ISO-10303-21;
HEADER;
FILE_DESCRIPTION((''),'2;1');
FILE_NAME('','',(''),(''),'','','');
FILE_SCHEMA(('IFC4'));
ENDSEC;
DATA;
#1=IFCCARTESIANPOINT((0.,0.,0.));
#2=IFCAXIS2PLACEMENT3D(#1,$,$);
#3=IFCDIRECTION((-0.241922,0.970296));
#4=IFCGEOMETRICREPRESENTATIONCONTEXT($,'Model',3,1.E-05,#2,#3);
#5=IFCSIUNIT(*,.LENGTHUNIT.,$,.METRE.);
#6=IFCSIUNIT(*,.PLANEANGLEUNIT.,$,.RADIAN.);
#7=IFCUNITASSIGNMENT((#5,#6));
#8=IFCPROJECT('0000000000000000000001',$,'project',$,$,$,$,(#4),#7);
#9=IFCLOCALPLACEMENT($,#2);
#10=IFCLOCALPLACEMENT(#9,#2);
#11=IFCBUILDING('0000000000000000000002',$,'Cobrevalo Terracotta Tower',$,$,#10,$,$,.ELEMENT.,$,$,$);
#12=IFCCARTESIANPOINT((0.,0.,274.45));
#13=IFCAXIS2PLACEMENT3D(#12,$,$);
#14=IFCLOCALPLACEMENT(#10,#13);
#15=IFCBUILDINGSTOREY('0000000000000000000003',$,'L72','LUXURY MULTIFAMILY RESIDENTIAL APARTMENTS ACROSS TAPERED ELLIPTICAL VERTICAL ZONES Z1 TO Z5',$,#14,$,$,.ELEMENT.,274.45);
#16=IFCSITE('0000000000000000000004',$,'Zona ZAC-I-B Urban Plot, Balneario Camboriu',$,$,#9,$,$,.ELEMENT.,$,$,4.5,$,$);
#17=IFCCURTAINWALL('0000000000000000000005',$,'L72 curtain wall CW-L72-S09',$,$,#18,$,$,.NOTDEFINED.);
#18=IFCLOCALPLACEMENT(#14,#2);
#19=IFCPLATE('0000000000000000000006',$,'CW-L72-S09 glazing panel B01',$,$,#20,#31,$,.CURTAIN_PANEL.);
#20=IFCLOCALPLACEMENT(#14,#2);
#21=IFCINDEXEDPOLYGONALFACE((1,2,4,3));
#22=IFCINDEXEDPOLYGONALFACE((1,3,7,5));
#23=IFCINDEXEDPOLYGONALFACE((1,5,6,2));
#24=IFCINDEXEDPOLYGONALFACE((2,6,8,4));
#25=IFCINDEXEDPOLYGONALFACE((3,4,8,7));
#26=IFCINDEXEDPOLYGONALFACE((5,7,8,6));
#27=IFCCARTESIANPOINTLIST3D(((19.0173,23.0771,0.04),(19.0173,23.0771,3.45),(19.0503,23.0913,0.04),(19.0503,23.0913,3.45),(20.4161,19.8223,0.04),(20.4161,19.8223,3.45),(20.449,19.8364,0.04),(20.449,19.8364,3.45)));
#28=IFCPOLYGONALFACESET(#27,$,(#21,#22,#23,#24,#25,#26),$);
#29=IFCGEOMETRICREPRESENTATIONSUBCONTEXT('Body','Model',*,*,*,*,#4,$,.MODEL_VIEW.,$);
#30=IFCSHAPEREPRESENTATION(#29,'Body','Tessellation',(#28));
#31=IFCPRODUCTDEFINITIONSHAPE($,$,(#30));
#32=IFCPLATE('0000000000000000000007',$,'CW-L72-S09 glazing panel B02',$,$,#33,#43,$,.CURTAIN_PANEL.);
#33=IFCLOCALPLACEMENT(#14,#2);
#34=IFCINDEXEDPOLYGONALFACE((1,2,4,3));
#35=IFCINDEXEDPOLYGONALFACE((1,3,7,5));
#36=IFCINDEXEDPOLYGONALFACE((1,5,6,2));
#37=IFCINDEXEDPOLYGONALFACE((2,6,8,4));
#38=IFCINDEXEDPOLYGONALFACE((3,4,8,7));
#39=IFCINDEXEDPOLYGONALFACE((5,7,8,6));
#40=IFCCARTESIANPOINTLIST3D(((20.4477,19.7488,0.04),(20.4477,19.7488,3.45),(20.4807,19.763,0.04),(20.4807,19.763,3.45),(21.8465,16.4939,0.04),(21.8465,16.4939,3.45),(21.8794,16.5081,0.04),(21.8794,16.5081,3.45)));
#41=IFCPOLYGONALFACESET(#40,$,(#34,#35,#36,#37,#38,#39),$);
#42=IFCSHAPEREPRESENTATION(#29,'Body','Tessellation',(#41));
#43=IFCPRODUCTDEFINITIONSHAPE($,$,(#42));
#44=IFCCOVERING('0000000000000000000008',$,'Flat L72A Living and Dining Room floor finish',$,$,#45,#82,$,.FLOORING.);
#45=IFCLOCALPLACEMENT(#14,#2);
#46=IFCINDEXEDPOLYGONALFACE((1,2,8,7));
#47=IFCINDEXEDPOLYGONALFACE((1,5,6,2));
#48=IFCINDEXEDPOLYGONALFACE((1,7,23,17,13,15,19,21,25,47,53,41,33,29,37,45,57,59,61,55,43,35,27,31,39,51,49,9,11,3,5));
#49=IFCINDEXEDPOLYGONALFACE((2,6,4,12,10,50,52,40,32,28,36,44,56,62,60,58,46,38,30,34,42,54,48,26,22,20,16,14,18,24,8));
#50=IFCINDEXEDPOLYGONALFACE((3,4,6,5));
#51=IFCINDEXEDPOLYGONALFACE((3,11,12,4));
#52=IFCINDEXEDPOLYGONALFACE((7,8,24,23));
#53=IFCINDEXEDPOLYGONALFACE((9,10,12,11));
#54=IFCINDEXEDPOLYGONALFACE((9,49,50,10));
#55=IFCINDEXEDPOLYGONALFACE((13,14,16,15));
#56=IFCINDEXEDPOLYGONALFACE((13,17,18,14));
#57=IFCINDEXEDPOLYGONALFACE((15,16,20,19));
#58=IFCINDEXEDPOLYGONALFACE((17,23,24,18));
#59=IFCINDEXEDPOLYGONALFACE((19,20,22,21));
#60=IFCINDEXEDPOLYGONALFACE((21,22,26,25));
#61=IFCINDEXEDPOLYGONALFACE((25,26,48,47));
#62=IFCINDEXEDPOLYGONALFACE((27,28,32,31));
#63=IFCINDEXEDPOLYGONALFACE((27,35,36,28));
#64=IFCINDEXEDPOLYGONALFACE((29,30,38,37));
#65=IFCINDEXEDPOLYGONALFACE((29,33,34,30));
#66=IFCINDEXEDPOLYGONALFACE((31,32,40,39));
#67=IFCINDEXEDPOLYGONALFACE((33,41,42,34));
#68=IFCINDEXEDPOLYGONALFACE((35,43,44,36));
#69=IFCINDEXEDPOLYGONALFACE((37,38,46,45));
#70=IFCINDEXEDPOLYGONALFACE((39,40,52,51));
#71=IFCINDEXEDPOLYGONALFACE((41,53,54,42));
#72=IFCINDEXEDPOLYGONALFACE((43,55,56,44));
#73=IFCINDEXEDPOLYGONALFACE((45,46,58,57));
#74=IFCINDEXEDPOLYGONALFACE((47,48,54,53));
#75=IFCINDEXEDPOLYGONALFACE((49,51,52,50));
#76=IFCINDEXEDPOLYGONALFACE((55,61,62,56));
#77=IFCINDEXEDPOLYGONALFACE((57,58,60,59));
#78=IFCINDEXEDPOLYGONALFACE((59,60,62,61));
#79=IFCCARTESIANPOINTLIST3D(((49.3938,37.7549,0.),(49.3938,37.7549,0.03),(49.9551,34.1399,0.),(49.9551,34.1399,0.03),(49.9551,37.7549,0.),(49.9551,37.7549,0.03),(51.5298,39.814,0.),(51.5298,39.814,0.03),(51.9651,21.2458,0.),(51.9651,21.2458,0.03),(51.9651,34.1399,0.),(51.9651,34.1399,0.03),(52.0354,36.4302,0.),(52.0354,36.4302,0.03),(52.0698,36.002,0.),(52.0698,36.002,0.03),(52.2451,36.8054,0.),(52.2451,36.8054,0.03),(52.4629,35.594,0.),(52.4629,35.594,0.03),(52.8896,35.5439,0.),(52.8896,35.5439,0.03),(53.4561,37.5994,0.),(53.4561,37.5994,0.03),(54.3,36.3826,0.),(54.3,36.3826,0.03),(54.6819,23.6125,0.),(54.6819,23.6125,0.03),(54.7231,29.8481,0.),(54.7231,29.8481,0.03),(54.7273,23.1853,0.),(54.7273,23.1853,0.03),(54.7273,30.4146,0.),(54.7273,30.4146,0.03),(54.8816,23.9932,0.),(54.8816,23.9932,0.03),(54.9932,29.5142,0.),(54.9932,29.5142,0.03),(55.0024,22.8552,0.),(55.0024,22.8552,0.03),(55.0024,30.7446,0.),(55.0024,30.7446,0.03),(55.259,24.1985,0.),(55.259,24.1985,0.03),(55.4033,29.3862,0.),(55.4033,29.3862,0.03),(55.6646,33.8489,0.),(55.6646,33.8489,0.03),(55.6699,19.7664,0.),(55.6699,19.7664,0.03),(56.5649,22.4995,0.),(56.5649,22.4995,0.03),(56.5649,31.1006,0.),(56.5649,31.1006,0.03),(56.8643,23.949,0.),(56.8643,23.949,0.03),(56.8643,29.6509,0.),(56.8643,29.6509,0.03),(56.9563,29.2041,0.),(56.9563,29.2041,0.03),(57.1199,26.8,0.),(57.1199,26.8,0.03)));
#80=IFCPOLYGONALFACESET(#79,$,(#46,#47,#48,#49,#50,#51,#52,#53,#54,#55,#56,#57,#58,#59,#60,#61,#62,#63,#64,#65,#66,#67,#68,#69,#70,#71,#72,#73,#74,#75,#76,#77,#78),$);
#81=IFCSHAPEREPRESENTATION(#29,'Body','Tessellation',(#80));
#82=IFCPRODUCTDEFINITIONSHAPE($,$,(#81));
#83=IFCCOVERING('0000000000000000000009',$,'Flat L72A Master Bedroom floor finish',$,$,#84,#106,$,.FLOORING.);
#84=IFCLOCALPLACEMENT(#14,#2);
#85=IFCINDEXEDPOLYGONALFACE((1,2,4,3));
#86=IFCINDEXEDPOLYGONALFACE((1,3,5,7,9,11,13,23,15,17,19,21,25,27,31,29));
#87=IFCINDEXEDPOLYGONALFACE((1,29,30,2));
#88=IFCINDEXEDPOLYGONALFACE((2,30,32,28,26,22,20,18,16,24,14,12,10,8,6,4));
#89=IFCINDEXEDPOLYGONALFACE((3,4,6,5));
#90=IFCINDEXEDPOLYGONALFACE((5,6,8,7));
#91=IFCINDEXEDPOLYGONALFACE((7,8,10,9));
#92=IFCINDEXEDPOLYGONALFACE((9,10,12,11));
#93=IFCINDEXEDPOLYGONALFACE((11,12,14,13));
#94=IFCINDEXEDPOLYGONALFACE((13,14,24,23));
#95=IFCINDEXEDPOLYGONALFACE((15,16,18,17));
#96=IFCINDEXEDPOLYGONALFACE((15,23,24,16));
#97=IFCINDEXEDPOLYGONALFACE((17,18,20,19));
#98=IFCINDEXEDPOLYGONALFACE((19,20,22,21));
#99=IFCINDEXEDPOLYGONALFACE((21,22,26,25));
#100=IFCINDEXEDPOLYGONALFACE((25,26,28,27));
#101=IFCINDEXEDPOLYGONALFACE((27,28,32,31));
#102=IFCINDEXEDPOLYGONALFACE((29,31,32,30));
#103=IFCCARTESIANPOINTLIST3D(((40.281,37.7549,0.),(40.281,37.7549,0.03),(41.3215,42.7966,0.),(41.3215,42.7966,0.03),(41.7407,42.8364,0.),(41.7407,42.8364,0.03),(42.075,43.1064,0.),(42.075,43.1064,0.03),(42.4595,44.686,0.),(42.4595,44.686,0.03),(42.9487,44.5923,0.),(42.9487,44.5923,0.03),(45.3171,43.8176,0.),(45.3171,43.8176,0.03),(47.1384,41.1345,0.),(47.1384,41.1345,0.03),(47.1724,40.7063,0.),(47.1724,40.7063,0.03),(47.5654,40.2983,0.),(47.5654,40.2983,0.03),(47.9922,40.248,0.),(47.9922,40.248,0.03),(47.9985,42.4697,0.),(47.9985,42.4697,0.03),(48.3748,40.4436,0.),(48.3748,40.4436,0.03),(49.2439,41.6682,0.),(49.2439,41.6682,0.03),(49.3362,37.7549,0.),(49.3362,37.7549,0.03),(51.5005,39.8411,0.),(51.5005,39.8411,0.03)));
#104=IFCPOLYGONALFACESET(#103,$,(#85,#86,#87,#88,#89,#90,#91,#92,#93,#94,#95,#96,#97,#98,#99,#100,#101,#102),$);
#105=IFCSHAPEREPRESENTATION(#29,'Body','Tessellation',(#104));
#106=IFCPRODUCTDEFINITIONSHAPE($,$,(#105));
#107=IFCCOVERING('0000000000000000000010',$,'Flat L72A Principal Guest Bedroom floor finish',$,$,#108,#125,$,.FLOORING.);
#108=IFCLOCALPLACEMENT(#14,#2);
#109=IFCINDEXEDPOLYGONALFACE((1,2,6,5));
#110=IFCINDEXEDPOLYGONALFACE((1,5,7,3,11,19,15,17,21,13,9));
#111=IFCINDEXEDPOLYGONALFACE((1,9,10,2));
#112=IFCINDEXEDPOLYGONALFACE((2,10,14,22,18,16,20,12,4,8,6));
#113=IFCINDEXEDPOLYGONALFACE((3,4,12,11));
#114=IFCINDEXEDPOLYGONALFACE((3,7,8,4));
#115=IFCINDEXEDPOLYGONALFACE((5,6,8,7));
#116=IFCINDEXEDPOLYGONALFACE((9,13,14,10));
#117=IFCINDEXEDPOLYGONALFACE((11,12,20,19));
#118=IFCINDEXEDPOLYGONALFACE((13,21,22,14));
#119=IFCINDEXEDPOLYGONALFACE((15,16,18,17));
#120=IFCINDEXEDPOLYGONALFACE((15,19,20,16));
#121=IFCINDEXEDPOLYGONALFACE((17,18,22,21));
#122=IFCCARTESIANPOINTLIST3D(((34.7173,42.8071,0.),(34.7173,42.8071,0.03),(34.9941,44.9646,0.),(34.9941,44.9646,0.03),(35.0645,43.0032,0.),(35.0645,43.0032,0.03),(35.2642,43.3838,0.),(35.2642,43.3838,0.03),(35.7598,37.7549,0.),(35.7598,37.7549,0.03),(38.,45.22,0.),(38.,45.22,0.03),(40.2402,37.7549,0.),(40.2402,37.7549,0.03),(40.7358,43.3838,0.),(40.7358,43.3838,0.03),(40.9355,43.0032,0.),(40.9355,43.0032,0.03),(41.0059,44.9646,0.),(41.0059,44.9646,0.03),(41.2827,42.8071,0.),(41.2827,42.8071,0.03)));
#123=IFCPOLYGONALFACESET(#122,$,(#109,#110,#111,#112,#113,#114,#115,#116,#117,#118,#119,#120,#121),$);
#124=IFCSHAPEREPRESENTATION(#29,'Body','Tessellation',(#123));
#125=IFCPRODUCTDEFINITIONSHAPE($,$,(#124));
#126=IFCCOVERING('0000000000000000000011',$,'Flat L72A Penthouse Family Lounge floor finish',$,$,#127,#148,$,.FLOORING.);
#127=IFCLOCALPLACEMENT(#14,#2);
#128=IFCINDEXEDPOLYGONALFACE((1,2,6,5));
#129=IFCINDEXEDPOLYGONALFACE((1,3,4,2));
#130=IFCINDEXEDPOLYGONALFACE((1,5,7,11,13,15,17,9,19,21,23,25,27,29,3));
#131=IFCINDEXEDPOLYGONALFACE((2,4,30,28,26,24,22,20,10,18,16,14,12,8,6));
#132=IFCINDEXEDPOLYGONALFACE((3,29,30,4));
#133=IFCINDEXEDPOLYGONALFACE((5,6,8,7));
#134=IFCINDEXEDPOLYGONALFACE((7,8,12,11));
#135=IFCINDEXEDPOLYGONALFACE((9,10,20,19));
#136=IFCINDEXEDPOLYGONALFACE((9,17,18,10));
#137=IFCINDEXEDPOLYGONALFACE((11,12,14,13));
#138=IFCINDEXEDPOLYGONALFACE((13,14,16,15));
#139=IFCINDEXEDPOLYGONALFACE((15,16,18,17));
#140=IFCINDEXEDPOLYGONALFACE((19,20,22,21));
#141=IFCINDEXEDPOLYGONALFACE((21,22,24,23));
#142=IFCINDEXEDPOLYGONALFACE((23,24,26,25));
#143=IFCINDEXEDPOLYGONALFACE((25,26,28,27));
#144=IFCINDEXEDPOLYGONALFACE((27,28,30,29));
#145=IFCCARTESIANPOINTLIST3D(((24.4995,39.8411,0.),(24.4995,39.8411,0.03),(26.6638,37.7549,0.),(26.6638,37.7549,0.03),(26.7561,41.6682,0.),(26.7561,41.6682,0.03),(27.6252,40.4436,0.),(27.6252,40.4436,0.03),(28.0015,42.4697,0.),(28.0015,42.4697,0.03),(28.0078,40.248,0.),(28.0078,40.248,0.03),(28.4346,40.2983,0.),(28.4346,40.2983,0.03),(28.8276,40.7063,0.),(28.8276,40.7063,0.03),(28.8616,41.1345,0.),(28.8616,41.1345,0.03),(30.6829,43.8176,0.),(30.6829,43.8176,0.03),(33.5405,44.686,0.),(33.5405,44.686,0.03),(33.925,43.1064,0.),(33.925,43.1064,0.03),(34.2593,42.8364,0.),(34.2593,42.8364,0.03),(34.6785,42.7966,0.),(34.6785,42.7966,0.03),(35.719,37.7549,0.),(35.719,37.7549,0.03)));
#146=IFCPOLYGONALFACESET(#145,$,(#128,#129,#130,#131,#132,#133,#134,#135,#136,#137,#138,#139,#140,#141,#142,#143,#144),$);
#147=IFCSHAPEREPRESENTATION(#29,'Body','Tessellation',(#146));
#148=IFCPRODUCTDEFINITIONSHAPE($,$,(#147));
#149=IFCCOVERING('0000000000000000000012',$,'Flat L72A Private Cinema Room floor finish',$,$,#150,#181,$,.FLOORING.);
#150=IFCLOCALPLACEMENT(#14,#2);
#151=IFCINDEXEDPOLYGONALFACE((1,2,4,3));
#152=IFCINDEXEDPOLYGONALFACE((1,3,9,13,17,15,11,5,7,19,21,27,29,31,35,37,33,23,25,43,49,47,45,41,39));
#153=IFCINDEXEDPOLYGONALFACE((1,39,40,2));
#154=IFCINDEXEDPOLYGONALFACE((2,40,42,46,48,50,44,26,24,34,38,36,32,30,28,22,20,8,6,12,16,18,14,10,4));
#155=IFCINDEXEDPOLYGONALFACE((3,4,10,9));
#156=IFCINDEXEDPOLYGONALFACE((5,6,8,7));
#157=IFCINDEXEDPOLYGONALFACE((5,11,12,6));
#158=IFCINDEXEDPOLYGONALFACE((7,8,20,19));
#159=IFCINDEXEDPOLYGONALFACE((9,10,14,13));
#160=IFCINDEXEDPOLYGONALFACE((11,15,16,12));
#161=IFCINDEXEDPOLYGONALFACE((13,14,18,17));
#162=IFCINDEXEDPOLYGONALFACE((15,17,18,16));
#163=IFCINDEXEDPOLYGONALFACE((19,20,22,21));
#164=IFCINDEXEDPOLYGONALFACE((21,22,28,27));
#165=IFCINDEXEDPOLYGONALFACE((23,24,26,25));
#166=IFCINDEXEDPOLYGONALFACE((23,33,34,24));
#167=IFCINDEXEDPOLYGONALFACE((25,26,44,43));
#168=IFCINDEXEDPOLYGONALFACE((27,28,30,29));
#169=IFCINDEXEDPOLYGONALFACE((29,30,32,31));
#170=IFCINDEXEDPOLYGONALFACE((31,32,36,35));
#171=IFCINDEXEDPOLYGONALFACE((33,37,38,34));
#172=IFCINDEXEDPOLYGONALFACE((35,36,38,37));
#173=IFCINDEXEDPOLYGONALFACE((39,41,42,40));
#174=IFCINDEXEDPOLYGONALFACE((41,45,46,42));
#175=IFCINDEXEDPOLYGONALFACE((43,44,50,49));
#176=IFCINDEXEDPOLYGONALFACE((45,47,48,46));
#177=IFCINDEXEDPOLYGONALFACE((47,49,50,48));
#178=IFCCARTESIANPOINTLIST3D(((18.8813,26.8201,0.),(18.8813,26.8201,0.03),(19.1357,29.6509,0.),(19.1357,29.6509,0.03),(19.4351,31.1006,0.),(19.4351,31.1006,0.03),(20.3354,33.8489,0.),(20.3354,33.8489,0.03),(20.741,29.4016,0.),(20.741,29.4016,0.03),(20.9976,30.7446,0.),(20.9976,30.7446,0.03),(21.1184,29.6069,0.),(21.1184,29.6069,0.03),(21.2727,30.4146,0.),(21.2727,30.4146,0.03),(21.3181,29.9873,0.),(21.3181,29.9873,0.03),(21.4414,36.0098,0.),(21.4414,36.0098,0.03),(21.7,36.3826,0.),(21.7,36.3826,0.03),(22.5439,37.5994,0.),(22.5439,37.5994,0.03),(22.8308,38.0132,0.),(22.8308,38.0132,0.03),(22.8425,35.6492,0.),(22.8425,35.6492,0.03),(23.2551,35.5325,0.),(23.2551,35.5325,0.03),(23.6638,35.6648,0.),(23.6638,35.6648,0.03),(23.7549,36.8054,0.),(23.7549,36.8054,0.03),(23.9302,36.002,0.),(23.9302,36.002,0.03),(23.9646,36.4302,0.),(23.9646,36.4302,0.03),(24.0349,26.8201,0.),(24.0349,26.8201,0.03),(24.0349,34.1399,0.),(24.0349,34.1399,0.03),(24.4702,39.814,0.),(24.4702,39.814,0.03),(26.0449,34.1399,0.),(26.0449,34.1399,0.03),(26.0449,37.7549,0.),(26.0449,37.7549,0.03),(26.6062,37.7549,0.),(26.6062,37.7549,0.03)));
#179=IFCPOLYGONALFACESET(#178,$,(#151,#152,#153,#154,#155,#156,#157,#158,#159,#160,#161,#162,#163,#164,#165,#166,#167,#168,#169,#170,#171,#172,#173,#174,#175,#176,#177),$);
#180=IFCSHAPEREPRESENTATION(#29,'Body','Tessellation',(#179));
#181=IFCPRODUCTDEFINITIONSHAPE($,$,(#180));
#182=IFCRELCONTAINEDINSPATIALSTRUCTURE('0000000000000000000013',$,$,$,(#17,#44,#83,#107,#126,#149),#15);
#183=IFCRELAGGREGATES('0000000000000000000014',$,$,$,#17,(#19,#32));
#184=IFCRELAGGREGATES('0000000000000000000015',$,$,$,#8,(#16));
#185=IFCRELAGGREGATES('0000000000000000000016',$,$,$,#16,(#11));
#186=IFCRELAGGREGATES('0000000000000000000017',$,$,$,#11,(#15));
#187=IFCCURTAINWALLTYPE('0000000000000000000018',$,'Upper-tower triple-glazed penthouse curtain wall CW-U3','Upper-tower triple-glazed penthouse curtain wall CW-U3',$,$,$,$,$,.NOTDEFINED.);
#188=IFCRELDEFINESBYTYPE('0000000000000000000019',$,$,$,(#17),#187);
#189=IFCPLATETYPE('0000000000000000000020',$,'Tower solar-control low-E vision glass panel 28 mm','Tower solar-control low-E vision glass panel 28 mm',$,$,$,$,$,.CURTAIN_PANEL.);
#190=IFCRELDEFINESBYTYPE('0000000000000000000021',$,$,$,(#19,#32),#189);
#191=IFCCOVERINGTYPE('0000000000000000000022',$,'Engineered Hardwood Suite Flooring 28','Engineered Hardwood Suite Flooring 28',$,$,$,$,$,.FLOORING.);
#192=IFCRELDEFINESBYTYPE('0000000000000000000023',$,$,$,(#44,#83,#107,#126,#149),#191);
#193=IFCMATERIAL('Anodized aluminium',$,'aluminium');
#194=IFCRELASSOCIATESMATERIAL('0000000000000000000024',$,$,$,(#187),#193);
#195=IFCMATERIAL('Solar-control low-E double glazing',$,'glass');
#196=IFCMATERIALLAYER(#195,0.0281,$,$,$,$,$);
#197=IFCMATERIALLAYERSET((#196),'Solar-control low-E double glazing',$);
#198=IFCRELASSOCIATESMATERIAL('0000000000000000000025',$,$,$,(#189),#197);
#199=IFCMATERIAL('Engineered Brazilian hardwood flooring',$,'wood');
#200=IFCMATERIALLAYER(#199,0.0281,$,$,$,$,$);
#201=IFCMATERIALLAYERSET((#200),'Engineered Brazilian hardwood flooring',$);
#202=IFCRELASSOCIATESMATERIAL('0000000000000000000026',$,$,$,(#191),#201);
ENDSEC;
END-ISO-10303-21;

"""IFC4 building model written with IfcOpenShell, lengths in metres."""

from ifc_helpers import new_model, si_unit, direction, frame, origin, origin_2d, place, context, subcontext, project, spatial, polyline, rectangle, outline, extrude, source, transform, mapped, material, layer, layer_set, type_object, element, aggregate, save


model = new_model("IFC4")

# Units and contexts
model_context = context("Model", 3, precision=1e-05, world=origin(), true_north=direction((-0.241922, 0.970296)))
body_context = subcontext(model_context, "Body", "Model", "MODEL_VIEW")
ifc_project = project(units=[si_unit("LENGTHUNIT", "METRE"), si_unit("PLANEANGLEUNIT", "RADIAN")], contexts=[model_context])

# Site, building, storey
site_placement = place(None, origin())
site = spatial("IfcSite", under=ifc_project, at=site_placement, Name="Zona ZAC-I-B Urban Plot, Balneario Camboriu", CompositionType="ELEMENT", RefElevation=4.5)
building_placement = place(site_placement, origin())
building = spatial("IfcBuilding", under=site, at=building_placement, Name="Cobrevalo Terracotta Tower", CompositionType="ELEMENT")
storey_placement = place(building_placement, frame((0.0, 0.0, 274.45)))
storey = spatial("IfcBuildingStorey", under=building, at=storey_placement, Name="L72", Description="LUXURY MULTIFAMILY RESIDENTIAL APARTMENTS ACROSS TAPERED ELLIPTICAL VERTICAL ZONES Z1 TO Z5", CompositionType="ELEMENT", Elevation=274.45)

# Curtain wall
ifc_material_1 = material(Name="Anodized aluminium", Category="aluminium")
curtain_wall_type = type_object("IfcCurtainWallType", Name="Upper-tower triple-glazed penthouse curtain wall CW-U3", Description="Upper-tower triple-glazed penthouse curtain wall CW-U3", PredefinedType="NOTDEFINED", material=ifc_material_1)
curtain_wall_1_placement = place(storey_placement, origin())
curtain_wall_1 = element("IfcCurtainWall", 1, at=curtain_wall_1_placement, inside=storey, type_object=curtain_wall_type, Name="L72 curtain wall CW-L72-S09", PredefinedType="NOTDEFINED")

# Plates
ifc_material_2 = material(Name="Solar-control low-E double glazing", Category="glass")
ifc_layer_1 = layer(ifc_material_2, 0.0281)
ifc_layer_set_1 = layer_set([ifc_layer_1], Name="Solar-control low-E double glazing")
plate_type = type_object("IfcPlateType", Name="Tower solar-control low-E vision glass panel 28 mm", Description="Tower solar-control low-E vision glass panel 28 mm", PredefinedType="CURTAIN_PANEL", material=ifc_layer_set_1)
shared_shape_1 = source(origin(), body_context, "Body", "SweptSolid", [
    extrude(rectangle(XDim=3.5427, YDim=0.0359, at=origin_2d()), origin(), (0.0, 0.0, 1.0), 3.4099),
])
plate_1_placement = place(storey_placement, frame((19.7332, 21.4568, 0.04), z_axis=(0.0, 0.0, 1.0), x_axis=(0.394829, -0.918755, 0.0)))
plate_1 = element("IfcPlate", 2, at=plate_1_placement, type_object=plate_type, Name="CW-L72-S09 glazing panel B01", PredefinedType="CURTAIN_PANEL", context=body_context, shape_type="MappedRepresentation", body=[
    mapped(shared_shape_1, transform((0.0, 0.0, 0.0), scale=1.0)),
])
plate_2_placement = place(storey_placement, frame((21.1636, 18.1284, 0.04), z_axis=(0.0, 0.0, 1.0), x_axis=(0.394829, -0.918755, 0.0)))
plate_2 = element("IfcPlate", 3, at=plate_2_placement, type_object=plate_type, Name="CW-L72-S09 glazing panel B02", PredefinedType="CURTAIN_PANEL", context=body_context, shape_type="MappedRepresentation", body=[
    mapped(shared_shape_1, transform((0.0, 0.0, 0.0), scale=1.0)),
])
aggregate(curtain_wall_1, [plate_1, plate_2])

# Coverings
ifc_material_3 = material(Name="Engineered Brazilian hardwood flooring", Category="wood")
ifc_layer_2 = layer(ifc_material_3, 0.0281)
ifc_layer_set_2 = layer_set([ifc_layer_2], Name="Engineered Brazilian hardwood flooring")
covering_type_1 = type_object("IfcCoveringType", Name="Engineered Hardwood Suite Flooring 28", Description="Engineered Hardwood Suite Flooring 28", PredefinedType="FLOORING", material=ifc_layer_set_2)
covering_1_placement = place(storey_placement, origin())
element("IfcCovering", 4, at=covering_1_placement, inside=storey, type_object=covering_type_1, Name="Flat L72A Living and Dining Room floor finish", PredefinedType="FLOORING", context=body_context, shape_type="SweptSolid", body=[
    extrude(outline(polyline([(51.5298, 39.814), (53.4561, 37.5994), (52.2451, 36.8054), (52.0354, 36.4302), (52.0698, 36.002), (52.4629, 35.594), (52.8896, 35.5439), (54.3, 36.3826), (55.6646, 33.8489), (56.5649, 31.1006), (55.0024, 30.7446), (54.7273, 30.4146), (54.7231, 29.8481), (54.9932, 29.5142), (55.4033, 29.3862), (56.8643, 29.6509), (56.9563, 29.2041), (57.1199, 26.8), (56.8643, 23.949), (55.259, 24.1985), (54.8816, 23.9932), (54.6819, 23.6125), (54.7273, 23.1853), (55.0024, 22.8552), (56.5649, 22.4995), (55.6699, 19.7664), (51.9651, 21.2458), (51.9651, 34.1399), (49.9551, 34.1399), (49.9551, 37.7549), (49.3938, 37.7549), (51.5298, 39.814)])), origin(), (0.0, 0.0, 1.0), 0.03),
])
covering_2_placement = place(storey_placement, origin())
element("IfcCovering", 5, at=covering_2_placement, inside=storey, type_object=covering_type_1, Name="Flat L72A Master Bedroom floor finish", PredefinedType="FLOORING", context=body_context, shape_type="SweptSolid", body=[
    extrude(outline(polyline([(41.3215, 42.7966), (41.7407, 42.8364), (42.075, 43.1064), (42.4595, 44.686), (42.9487, 44.5923), (45.3171, 43.8176), (47.9985, 42.4697), (47.1384, 41.1345), (47.1724, 40.7063), (47.5654, 40.2983), (47.9922, 40.248), (48.3748, 40.4436), (49.2439, 41.6682), (51.5005, 39.8411), (49.3362, 37.7549), (40.281, 37.7549), (41.3215, 42.7966)])), origin(), (0.0, 0.0, 1.0), 0.03),
])
covering_3_placement = place(storey_placement, origin())
element("IfcCovering", 6, at=covering_3_placement, inside=storey, type_object=covering_type_1, Name="Flat L72A Principal Guest Bedroom floor finish", PredefinedType="FLOORING", context=body_context, shape_type="SweptSolid", body=[
    extrude(outline(polyline([(34.7173, 42.8071), (35.0645, 43.0032), (35.2642, 43.3838), (34.9941, 44.9646), (38.0, 45.22), (41.0059, 44.9646), (40.7358, 43.3838), (40.9355, 43.0032), (41.2827, 42.8071), (40.2402, 37.7549), (35.7598, 37.7549), (34.7173, 42.8071)])), origin(), (0.0, 0.0, 1.0), 0.03),
])
covering_4_placement = place(storey_placement, origin())
element("IfcCovering", 7, at=covering_4_placement, inside=storey, type_object=covering_type_1, Name="Flat L72A Penthouse Family Lounge floor finish", PredefinedType="FLOORING", context=body_context, shape_type="SweptSolid", body=[
    extrude(outline(polyline([(24.4995, 39.8411), (26.7561, 41.6682), (27.6252, 40.4436), (28.0078, 40.248), (28.4346, 40.2983), (28.8276, 40.7063), (28.8616, 41.1345), (28.0015, 42.4697), (30.6829, 43.8176), (33.5405, 44.686), (33.925, 43.1064), (34.2593, 42.8364), (34.6785, 42.7966), (35.719, 37.7549), (26.6638, 37.7549), (24.4995, 39.8411)])), origin(), (0.0, 0.0, 1.0), 0.03),
])
covering_5_placement = place(storey_placement, origin())
element("IfcCovering", 8, at=covering_5_placement, inside=storey, type_object=covering_type_1, Name="Flat L72A Private Cinema Room floor finish", PredefinedType="FLOORING", context=body_context, shape_type="SweptSolid", body=[
    extrude(outline(polyline([(26.6062, 37.7549), (26.0449, 37.7549), (26.0449, 34.1399), (24.0349, 34.1399), (24.0349, 26.8201), (18.8813, 26.8201), (19.1357, 29.6509), (20.741, 29.4016), (21.1184, 29.6069), (21.3181, 29.9873), (21.2727, 30.4146), (20.9976, 30.7446), (19.4351, 31.1006), (20.3354, 33.8489), (21.4414, 36.0098), (21.7, 36.3826), (22.8425, 35.6492), (23.2551, 35.5325), (23.6638, 35.6648), (23.9302, 36.002), (23.9646, 36.4302), (23.7549, 36.8054), (22.5439, 37.5994), (22.8308, 38.0132), (24.4702, 39.814), (26.6062, 37.7549)])), origin(), (0.0, 0.0, 1.0), 0.03),
])

save(model, "model.ifc")
